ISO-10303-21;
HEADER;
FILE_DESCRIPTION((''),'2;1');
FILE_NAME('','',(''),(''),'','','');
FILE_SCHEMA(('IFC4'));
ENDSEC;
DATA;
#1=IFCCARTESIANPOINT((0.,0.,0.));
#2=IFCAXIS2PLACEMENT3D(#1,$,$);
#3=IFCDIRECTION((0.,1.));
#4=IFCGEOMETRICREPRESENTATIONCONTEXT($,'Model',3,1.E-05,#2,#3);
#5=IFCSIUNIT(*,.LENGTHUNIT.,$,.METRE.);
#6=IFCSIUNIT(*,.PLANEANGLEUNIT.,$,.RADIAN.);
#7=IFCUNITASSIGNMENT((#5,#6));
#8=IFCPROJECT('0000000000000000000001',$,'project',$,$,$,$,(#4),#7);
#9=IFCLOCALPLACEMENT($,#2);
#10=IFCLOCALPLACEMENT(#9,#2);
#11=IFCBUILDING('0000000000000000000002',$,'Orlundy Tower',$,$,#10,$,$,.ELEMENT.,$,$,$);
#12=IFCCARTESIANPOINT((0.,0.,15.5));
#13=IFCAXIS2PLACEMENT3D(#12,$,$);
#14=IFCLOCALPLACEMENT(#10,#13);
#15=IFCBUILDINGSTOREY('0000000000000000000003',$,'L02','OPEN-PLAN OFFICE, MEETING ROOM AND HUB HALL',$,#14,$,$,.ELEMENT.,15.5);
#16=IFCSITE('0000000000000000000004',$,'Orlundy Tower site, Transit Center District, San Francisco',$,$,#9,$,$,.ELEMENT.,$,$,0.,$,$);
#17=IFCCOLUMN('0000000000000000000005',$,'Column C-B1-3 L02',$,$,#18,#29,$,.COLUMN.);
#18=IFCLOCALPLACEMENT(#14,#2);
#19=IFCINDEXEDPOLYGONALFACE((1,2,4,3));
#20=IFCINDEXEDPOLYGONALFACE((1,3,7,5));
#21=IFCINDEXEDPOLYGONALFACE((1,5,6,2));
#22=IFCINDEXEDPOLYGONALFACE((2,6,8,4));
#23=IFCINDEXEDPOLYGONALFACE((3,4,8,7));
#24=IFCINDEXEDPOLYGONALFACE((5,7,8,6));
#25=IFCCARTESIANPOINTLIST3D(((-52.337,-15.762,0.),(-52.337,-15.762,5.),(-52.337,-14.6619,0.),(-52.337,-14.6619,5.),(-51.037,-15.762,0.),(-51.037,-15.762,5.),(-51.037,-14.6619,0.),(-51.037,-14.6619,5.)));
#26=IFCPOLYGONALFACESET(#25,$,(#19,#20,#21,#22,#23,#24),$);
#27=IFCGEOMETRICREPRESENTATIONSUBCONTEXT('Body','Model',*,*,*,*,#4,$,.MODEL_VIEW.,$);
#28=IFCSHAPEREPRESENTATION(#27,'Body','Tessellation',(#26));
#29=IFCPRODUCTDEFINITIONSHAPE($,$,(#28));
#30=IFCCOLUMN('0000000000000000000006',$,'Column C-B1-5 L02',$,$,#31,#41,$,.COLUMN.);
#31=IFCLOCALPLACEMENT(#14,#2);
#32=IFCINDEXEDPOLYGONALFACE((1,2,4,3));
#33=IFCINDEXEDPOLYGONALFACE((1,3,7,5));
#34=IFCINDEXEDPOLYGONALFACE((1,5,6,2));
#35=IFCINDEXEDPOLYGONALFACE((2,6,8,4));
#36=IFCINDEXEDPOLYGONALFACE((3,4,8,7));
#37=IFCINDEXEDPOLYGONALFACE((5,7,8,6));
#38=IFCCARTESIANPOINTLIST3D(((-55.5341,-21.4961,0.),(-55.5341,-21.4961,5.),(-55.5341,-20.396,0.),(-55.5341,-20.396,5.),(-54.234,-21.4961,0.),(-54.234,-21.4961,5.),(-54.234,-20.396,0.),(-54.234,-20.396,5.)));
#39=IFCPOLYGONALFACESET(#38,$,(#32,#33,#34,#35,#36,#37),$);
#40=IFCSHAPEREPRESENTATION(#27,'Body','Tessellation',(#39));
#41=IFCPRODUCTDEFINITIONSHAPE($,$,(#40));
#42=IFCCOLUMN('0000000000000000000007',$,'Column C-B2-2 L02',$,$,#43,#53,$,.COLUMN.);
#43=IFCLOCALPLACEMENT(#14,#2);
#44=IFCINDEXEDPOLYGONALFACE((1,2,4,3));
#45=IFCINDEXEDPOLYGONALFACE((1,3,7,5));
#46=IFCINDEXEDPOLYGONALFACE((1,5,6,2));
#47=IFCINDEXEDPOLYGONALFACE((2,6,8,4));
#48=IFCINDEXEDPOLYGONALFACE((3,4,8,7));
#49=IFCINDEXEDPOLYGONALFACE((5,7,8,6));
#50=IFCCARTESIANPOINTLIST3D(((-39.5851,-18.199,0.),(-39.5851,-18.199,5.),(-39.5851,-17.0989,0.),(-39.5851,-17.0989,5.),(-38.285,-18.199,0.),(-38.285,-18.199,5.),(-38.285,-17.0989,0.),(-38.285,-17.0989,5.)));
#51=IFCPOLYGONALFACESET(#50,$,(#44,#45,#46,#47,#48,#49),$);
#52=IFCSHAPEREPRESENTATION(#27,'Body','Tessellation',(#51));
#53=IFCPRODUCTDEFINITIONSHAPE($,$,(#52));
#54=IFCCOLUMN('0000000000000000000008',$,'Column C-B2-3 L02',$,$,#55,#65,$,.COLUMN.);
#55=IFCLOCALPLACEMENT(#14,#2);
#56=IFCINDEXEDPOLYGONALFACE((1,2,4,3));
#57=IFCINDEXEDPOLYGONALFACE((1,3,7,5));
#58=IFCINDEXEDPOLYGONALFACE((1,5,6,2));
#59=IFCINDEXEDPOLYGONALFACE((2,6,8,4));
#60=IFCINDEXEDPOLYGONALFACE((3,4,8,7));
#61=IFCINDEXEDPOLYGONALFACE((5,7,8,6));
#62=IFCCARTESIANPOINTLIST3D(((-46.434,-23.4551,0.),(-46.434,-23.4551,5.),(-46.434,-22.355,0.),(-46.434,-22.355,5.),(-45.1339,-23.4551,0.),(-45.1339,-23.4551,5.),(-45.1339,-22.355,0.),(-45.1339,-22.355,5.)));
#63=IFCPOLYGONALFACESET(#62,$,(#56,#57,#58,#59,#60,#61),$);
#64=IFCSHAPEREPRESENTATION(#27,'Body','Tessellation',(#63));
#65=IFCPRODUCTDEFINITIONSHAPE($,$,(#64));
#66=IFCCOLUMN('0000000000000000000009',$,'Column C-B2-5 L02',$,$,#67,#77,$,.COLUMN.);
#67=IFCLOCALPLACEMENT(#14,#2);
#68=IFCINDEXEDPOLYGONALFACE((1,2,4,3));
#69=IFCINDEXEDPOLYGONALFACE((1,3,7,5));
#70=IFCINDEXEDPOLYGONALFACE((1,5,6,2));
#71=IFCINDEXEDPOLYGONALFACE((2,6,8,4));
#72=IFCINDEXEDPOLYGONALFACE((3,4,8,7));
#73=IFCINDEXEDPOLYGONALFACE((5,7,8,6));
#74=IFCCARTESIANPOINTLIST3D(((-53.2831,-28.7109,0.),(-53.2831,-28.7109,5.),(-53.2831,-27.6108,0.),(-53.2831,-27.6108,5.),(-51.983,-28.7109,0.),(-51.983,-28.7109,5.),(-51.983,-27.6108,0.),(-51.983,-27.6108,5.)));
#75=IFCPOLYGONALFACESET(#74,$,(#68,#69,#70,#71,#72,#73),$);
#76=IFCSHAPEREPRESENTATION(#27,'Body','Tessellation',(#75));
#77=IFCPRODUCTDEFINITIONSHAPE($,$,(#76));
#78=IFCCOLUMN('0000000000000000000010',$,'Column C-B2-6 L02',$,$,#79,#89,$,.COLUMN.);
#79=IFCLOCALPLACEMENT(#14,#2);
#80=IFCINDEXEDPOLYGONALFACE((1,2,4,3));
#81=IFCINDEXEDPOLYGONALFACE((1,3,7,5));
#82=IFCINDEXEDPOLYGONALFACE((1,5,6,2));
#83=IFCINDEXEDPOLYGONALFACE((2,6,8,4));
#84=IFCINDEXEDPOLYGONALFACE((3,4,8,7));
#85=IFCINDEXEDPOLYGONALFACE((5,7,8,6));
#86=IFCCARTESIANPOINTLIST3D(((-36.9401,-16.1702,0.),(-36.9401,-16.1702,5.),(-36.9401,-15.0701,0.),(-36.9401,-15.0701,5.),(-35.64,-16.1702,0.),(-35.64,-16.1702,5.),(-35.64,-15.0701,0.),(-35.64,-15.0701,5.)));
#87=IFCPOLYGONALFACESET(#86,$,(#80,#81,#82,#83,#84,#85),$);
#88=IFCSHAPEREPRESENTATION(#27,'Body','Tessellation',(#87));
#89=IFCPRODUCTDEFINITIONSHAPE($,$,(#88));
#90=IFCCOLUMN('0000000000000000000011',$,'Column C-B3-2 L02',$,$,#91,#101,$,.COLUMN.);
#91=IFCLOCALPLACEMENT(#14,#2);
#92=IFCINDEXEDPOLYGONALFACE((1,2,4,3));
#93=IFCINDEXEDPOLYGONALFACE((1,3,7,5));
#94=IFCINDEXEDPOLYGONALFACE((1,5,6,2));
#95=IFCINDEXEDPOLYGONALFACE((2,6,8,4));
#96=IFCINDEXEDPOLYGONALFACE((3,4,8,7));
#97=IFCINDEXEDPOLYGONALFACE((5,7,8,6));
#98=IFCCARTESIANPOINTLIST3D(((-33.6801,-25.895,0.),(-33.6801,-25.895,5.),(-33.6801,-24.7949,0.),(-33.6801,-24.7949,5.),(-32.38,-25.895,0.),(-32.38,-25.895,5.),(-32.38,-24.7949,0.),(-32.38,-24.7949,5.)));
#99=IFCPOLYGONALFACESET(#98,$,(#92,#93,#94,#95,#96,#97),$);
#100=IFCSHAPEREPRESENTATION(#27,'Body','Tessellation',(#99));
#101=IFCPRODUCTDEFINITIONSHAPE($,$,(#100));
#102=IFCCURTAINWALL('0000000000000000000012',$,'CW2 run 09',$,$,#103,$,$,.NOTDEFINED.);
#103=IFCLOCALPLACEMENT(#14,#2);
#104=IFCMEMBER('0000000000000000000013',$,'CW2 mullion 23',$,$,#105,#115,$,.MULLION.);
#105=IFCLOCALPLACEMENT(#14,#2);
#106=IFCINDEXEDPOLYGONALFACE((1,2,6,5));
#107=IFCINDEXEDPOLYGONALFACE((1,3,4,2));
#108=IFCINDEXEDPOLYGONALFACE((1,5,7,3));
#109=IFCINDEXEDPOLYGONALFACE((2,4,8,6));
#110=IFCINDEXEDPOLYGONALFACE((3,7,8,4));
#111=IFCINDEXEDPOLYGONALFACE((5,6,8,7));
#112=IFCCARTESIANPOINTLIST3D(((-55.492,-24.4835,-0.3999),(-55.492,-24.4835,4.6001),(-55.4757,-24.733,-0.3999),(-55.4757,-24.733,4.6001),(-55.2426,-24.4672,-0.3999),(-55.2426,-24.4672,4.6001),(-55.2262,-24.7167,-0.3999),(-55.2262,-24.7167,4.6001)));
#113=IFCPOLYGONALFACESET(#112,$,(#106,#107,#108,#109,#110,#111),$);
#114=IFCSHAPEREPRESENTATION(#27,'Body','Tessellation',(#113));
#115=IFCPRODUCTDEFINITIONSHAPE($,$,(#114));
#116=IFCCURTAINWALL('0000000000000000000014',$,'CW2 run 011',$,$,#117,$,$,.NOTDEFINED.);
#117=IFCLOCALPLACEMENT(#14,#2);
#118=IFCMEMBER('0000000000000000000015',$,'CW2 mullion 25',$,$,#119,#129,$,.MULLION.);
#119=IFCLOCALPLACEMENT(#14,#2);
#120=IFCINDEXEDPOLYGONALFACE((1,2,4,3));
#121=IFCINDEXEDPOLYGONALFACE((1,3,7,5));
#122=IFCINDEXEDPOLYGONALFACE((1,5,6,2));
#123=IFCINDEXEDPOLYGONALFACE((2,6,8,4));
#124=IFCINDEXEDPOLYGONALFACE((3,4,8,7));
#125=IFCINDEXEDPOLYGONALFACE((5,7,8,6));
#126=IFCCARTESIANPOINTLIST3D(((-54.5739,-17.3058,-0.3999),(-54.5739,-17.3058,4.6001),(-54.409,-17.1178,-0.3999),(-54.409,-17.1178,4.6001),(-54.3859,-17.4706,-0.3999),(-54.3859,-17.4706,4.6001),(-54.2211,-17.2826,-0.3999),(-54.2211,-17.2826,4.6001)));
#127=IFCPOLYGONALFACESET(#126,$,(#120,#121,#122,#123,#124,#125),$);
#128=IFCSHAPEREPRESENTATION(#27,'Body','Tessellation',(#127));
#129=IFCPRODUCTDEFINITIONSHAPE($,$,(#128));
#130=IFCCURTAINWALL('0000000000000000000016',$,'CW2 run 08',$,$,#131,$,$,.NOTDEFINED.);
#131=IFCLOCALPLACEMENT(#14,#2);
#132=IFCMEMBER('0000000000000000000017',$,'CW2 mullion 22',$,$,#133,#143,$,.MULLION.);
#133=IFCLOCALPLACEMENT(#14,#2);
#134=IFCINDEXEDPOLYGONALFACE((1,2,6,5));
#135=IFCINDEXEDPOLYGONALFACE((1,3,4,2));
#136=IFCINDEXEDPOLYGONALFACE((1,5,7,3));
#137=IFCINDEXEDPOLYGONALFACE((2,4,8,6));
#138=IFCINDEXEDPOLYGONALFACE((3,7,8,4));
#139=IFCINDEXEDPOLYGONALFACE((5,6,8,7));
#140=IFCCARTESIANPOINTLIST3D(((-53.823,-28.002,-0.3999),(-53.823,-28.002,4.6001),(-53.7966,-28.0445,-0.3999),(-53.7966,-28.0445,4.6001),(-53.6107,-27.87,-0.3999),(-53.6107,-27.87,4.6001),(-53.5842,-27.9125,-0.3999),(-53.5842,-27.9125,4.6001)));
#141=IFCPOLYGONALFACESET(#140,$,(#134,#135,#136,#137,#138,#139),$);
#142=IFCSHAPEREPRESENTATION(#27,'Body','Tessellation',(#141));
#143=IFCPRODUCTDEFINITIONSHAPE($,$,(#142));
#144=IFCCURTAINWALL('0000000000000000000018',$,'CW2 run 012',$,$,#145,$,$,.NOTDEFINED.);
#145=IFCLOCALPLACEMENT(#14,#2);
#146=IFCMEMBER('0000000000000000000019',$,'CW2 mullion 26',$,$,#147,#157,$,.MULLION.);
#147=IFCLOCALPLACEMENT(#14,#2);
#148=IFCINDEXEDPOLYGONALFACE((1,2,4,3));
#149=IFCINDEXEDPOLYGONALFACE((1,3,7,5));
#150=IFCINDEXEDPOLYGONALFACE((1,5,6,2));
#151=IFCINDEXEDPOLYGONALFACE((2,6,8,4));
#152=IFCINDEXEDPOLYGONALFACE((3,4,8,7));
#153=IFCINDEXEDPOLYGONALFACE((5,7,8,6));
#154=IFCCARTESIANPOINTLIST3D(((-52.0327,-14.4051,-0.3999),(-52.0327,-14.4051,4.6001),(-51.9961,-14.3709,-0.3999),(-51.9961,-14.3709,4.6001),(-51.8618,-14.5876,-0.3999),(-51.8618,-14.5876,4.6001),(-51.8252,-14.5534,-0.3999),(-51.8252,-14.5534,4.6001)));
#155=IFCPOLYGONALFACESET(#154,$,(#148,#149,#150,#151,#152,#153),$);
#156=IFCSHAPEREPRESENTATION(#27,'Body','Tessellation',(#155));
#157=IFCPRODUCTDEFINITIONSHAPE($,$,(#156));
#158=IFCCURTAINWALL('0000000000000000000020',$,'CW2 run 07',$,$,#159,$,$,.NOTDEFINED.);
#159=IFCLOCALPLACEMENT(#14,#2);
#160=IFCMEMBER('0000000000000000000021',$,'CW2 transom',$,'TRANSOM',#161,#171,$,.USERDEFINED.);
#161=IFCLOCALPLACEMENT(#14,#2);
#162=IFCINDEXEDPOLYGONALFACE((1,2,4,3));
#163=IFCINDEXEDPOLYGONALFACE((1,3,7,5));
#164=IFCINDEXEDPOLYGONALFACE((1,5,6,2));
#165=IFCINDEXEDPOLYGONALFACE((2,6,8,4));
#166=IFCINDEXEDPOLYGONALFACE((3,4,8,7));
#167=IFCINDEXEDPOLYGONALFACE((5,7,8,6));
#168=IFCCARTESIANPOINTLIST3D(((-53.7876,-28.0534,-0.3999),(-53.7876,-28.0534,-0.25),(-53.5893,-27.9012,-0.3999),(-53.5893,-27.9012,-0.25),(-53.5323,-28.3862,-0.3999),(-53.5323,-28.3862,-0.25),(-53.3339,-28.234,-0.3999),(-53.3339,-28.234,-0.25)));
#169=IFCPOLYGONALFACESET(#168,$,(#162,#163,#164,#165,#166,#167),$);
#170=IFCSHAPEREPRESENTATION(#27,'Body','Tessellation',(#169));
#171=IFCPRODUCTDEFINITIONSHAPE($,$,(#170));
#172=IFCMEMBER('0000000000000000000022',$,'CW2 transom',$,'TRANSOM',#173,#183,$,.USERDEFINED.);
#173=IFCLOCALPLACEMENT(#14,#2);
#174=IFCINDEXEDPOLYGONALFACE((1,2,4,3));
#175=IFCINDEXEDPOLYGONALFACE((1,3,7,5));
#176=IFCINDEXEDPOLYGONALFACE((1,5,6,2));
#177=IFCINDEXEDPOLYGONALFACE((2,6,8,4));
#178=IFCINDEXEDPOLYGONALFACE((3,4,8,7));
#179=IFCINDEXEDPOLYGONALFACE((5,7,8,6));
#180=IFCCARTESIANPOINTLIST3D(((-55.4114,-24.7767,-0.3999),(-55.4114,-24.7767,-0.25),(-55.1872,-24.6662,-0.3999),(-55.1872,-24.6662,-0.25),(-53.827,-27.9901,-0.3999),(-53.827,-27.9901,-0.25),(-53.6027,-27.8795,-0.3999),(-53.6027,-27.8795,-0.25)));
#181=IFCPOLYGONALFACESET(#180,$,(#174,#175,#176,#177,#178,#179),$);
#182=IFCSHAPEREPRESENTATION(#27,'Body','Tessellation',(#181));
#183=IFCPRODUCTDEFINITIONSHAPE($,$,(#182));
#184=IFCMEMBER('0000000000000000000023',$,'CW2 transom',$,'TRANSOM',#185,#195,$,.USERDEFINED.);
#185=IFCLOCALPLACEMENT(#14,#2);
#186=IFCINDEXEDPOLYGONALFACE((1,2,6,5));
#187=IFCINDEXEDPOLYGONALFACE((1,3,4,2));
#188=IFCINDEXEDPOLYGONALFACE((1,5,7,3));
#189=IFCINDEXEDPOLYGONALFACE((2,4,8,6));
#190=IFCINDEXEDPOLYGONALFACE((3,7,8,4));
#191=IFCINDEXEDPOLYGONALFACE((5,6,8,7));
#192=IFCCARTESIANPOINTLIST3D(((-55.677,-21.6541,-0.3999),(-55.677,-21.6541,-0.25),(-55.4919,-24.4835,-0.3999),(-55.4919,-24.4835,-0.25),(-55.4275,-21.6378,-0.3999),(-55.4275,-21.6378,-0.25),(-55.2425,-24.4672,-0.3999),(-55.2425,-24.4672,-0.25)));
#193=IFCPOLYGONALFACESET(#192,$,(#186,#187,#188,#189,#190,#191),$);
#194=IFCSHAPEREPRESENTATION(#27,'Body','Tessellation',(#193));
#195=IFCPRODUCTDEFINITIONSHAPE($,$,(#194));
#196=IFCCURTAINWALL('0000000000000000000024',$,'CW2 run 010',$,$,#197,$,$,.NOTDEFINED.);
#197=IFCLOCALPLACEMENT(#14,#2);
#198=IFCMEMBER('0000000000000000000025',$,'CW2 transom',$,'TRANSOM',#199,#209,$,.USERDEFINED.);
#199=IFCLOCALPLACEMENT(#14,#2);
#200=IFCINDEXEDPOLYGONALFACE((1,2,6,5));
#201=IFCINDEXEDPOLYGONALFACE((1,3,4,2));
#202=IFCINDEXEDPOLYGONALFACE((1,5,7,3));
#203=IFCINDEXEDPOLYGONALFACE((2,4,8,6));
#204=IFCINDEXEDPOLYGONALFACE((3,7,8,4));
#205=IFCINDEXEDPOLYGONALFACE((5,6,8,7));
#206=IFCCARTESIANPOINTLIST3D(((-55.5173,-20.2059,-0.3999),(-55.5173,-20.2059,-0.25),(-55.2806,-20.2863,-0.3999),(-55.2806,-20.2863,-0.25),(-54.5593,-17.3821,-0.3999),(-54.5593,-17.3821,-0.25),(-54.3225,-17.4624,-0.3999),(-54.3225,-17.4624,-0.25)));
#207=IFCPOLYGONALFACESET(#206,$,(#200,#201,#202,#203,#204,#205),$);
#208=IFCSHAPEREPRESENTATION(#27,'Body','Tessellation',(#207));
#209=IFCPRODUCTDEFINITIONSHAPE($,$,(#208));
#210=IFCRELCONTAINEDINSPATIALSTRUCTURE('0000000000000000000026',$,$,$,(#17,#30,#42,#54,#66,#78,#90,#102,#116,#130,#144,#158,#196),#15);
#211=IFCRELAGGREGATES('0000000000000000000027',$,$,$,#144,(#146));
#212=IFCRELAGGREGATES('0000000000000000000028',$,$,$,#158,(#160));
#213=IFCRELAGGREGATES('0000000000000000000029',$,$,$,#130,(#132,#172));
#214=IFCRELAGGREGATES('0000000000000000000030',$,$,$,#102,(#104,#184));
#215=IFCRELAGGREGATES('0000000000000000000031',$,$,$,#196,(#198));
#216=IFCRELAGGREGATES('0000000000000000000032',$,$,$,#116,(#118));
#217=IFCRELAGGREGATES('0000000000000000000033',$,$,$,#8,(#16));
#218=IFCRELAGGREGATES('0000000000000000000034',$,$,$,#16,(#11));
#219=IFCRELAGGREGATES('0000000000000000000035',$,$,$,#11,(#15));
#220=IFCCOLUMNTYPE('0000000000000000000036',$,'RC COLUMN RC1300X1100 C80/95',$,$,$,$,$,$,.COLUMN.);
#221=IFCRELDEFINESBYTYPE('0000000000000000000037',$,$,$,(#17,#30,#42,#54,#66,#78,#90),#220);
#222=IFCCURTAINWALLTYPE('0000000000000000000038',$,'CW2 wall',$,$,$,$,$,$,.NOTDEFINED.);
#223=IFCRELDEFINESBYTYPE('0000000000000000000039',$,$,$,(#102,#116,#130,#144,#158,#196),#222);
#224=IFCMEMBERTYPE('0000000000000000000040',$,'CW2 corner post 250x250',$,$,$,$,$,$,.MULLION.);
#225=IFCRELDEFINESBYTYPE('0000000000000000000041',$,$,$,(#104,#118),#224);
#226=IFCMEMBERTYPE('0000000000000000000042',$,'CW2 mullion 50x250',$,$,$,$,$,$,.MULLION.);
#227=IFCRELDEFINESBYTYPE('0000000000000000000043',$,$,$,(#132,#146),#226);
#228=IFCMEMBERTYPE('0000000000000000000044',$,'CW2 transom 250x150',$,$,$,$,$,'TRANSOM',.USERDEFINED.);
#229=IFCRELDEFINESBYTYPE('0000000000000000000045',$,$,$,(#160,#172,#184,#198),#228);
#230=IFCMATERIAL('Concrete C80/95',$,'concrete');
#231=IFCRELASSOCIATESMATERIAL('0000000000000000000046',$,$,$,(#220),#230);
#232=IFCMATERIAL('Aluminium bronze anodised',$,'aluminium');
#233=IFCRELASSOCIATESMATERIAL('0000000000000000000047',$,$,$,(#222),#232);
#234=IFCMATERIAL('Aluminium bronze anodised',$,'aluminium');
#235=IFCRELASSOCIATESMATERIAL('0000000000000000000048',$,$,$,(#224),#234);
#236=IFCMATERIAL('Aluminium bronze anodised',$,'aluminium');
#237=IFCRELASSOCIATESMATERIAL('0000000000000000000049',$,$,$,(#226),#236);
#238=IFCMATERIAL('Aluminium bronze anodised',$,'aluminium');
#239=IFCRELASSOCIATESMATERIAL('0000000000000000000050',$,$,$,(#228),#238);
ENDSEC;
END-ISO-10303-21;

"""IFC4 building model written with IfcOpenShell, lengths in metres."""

from ifc_helpers import new_model, si_unit, direction, frame, origin, origin_2d, place, context, subcontext, project, spatial, rectangle, extrude, material, material_profile, profile_set, type_object, element, aggregate, save


model = new_model("IFC4")

# Units and contexts
model_context = context("Model", 3, precision=1e-05, world=origin(), true_north=direction((0.0, 1.0)))
body_context = subcontext(model_context, "Body", "Model", "MODEL_VIEW")
ifc_project = project(units=[si_unit("LENGTHUNIT", "METRE"), si_unit("PLANEANGLEUNIT", "RADIAN")], contexts=[model_context])

# Site, building, storey
site_placement = place(None, origin())
site = spatial("IfcSite", under=ifc_project, at=site_placement, Name="Orlundy Tower site, Transit Center District, San Francisco", CompositionType="ELEMENT", RefElevation=0.0)
building_placement = place(site_placement, origin())
building = spatial("IfcBuilding", under=site, at=building_placement, Name="Orlundy Tower", CompositionType="ELEMENT")
storey_placement = place(building_placement, frame((0.0, 0.0, 15.5)))
storey = spatial("IfcBuildingStorey", under=building, at=storey_placement, Name="L02", Description="OPEN-PLAN OFFICE, MEETING ROOM AND HUB HALL", CompositionType="ELEMENT", Elevation=15.5)

# Columns
ifc_material_1 = material(Name="Concrete C80/95", Category="concrete")
ifc_material_profile_1 = material_profile(ifc_material_1, rectangle(XDim=1.3, YDim=1.1001, at=origin_2d()), Name="RC1300X1100")
ifc_profile_set_1 = profile_set([ifc_material_profile_1], Name="Concrete C80/95")
column_type = type_object("IfcColumnType", Name="RC COLUMN RC1300X1100 C80/95", PredefinedType="COLUMN", material=ifc_profile_set_1)
for number, where, z_axis, x_axis, name in (
    (1, (-51.687, -15.2119, 0.0), (0.0, 0.0, 1.0), (1.0, 0.0, 0.0), "Column C-B1-3 L02"),
    (2, (-54.884, -20.946, 0.0), (0.0, 0.0, 1.0), (1.0, 0.0, 0.0), "Column C-B1-5 L02"),
    (3, (-38.9351, -17.6489, 0.0), (0.0, 0.0, 1.0), (1.0, 0.0, 0.0), "Column C-B2-2 L02"),
    (4, (-45.7839, -22.905, 0.0), (0.0, 0.0, 1.0), (1.0, 0.0, 0.0), "Column C-B2-3 L02"),
    (5, (-52.6331, -28.1609, 0.0), (0.0, 0.0, 1.0), (1.0, 0.0, 0.0), "Column C-B2-5 L02"),
    (6, (-36.29, -15.6201, 0.0), (0.0, 0.0, 1.0), (1.0, 0.0, 0.0), "Column C-B2-6 L02"),
    (7, (-33.03, -25.345, 0.0), (0.0, 0.0, 1.0), (1.0, 0.0, 0.0), "Column C-B3-2 L02"),
):
    element("IfcColumn", number, at=place(storey_placement, frame(where, z_axis=z_axis, x_axis=x_axis)), inside=storey, type_object=column_type, Name=name, PredefinedType="COLUMN", context=body_context, shape_type="SweptSolid", body=[
        extrude(rectangle(XDim=1.3, YDim=1.1001, at=origin_2d()), origin(), (0.0, 0.0, 1.0), 5.0),
    ])

# Curtain walls, members
ifc_material_2 = material(Name="Aluminium bronze anodised", Category="aluminium")
curtain_wall_type = type_object("IfcCurtainWallType", Name="CW2 wall", PredefinedType="NOTDEFINED", material=ifc_material_2)
curtain_wall_1_placement = place(storey_placement, origin())
curtain_wall_1 = element("IfcCurtainWall", 8, at=curtain_wall_1_placement, inside=storey, type_object=curtain_wall_type, Name="CW2 run 09", PredefinedType="NOTDEFINED")
ifc_material_3 = material(Name="Aluminium bronze anodised", Category="aluminium")
ifc_material_profile_2 = material_profile(ifc_material_3, rectangle(XDim=0.25, YDim=0.25, at=origin_2d()), Name="CW2 corner post 250x250")
ifc_profile_set_2 = profile_set([ifc_material_profile_2], Name="Aluminium bronze anodised")
member_type_1 = type_object("IfcMemberType", Name="CW2 corner post 250x250", PredefinedType="MULLION", material=ifc_profile_set_2)
member_1_placement = place(storey_placement, frame((-55.3591, -24.6001, -0.3999), z_axis=(0.0, 0.0, 1.0), x_axis=(-0.997867, -0.065284, 0.0)))
member_1 = element("IfcMember", 9, at=member_1_placement, type_object=member_type_1, Name="CW2 mullion 23", PredefinedType="MULLION", context=body_context, shape_type="SweptSolid", body=[
    extrude(rectangle(XDim=0.25, YDim=0.25, at=origin_2d()), origin(), (0.0, 0.0, 1.0), 5.0),
])
curtain_wall_2_placement = place(storey_placement, origin())
curtain_wall_2 = element("IfcCurtainWall", 10, at=curtain_wall_2_placement, inside=storey, type_object=curtain_wall_type, Name="CW2 run 011", PredefinedType="NOTDEFINED")
member_2_placement = place(storey_placement, frame((-54.3975, -17.2942, -0.3999), z_axis=(0.0, 0.0, 1.0), x_axis=(-0.751858, 0.659325, 0.0)))
member_2 = element("IfcMember", 11, at=member_2_placement, type_object=member_type_1, Name="CW2 mullion 25", PredefinedType="MULLION", context=body_context, shape_type="SweptSolid", body=[
    extrude(rectangle(XDim=0.25, YDim=0.25, at=origin_2d()), origin(), (0.0, 0.0, 1.0), 5.0),
])
curtain_wall_3_placement = place(storey_placement, origin())
curtain_wall_3 = element("IfcCurtainWall", 12, at=curtain_wall_3_placement, inside=storey, type_object=curtain_wall_type, Name="CW2 run 08", PredefinedType="NOTDEFINED")
ifc_material_4 = material(Name="Aluminium bronze anodised", Category="aluminium")
ifc_material_profile_3 = material_profile(ifc_material_4, rectangle(XDim=0.25, YDim=0.05, at=origin_2d()), Name="CW2 mullion 50x250")
ifc_profile_set_3 = profile_set([ifc_material_profile_3], Name="Aluminium bronze anodised")
member_type_2 = type_object("IfcMemberType", Name="CW2 mullion 50x250", PredefinedType="MULLION", material=ifc_profile_set_3)
member_3_placement = place(storey_placement, frame((-53.7036, -27.9573, -0.3999), z_axis=(0.0, 0.0, 1.0), x_axis=(-0.84922, -0.528039, 0.0)))
member_3 = element("IfcMember", 13, at=member_3_placement, type_object=member_type_2, Name="CW2 mullion 22", PredefinedType="MULLION", context=body_context, shape_type="SweptSolid", body=[
    extrude(rectangle(XDim=0.25, YDim=0.05, at=origin_2d()), origin(), (0.0, 0.0, 1.0), 5.0),
])
curtain_wall_4_placement = place(storey_placement, origin())
curtain_wall_4 = element("IfcCurtainWall", 14, at=curtain_wall_4_placement, inside=storey, type_object=curtain_wall_type, Name="CW2 run 012", PredefinedType="NOTDEFINED")
member_4_placement = place(storey_placement, frame((-51.929, -14.4792, -0.3999), z_axis=(0.0, 0.0, 1.0), x_axis=(-0.683605, 0.729852, 0.0)))
member_4 = element("IfcMember", 15, at=member_4_placement, type_object=member_type_2, Name="CW2 mullion 26", PredefinedType="MULLION", context=body_context, shape_type="SweptSolid", body=[
    extrude(rectangle(XDim=0.25, YDim=0.05, at=origin_2d()), origin(), (0.0, 0.0, 1.0), 5.0),
])
curtain_wall_5_placement = place(storey_placement, origin())
curtain_wall_5 = element("IfcCurtainWall", 16, at=curtain_wall_5_placement, inside=storey, type_object=curtain_wall_type, Name="CW2 run 07", PredefinedType="NOTDEFINED")
ifc_material_5 = material(Name="Aluminium bronze anodised", Category="aluminium")
ifc_material_profile_4 = material_profile(ifc_material_5, rectangle(XDim=0.25, YDim=0.1499, at=origin_2d()), Name="CW2 transom 250x150")
ifc_profile_set_4 = profile_set([ifc_material_profile_4], Name="Aluminium bronze anodised")
member_type_3 = type_object("IfcMemberType", Name="CW2 transom 250x150", ElementType="TRANSOM", PredefinedType="USERDEFINED", material=ifc_profile_set_4)
member_5_placement = place(storey_placement, frame((-53.4331, -28.3101, -0.325), z_axis=(-0.60881, 0.793316, 0.0), x_axis=(-0.793316, -0.60881, 0.0)))
member_5 = element("IfcMember", 17, at=member_5_placement, type_object=member_type_3, Name="CW2 transom", ObjectType="TRANSOM", PredefinedType="USERDEFINED", context=body_context, shape_type="SweptSolid", body=[
    extrude(rectangle(XDim=0.25, YDim=0.1499, at=origin_2d()), origin(), (0.0, 0.0, 1.0), 0.4194),
])

# Members
member_6_placement = place(storey_placement, frame((-53.7148, -27.9348, -0.325), z_axis=(-0.442246, 0.896894, 0.0), x_axis=(-0.896894, -0.442246, 0.0)))
member_6 = element("IfcMember", 18, at=member_6_placement, type_object=member_type_3, Name="CW2 transom", ObjectType="TRANSOM", PredefinedType="USERDEFINED", context=body_context, shape_type="SweptSolid", body=[
    extrude(rectangle(XDim=0.25, YDim=0.1499, at=origin_2d()), origin(), (0.0, 0.0, 1.0), 3.5828),
])
member_7_placement = place(storey_placement, frame((-55.3672, -24.4753, -0.325), z_axis=(-0.065267, 0.997868, 0.0), x_axis=(-0.997868, -0.065267, 0.0)))
member_7 = element("IfcMember", 19, at=member_7_placement, type_object=member_type_3, Name="CW2 transom", ObjectType="TRANSOM", PredefinedType="USERDEFINED", context=body_context, shape_type="SweptSolid", body=[
    extrude(rectangle(XDim=0.25, YDim=0.1499, at=origin_2d()), origin(), (0.0, 0.0, 1.0), 2.8354),
])

# Curtain wall, member
curtain_wall_6_placement = place(storey_placement, origin())
curtain_wall_6 = element("IfcCurtainWall", 20, at=curtain_wall_6_placement, inside=storey, type_object=curtain_wall_type, Name="CW2 run 010", PredefinedType="NOTDEFINED")
member_8_placement = place(storey_placement, frame((-55.3989, -20.2461, -0.325), z_axis=(0.321283, 0.946983, 0.0), x_axis=(-0.946983, 0.321283, 0.0)))
member_8 = element("IfcMember", 21, at=member_8_placement, type_object=member_type_3, Name="CW2 transom", ObjectType="TRANSOM", PredefinedType="USERDEFINED", context=body_context, shape_type="SweptSolid", body=[
    extrude(rectangle(XDim=0.25, YDim=0.1499, at=origin_2d()), origin(), (0.0, 0.0, 1.0), 2.9819),
])

aggregate(curtain_wall_4, [member_4])

aggregate(curtain_wall_5, [member_5])
aggregate(curtain_wall_3, [member_3, member_6])
aggregate(curtain_wall_1, [member_1, member_7])
aggregate(curtain_wall_6, [member_8])
aggregate(curtain_wall_2, [member_2])

save(model, "model.ifc")
